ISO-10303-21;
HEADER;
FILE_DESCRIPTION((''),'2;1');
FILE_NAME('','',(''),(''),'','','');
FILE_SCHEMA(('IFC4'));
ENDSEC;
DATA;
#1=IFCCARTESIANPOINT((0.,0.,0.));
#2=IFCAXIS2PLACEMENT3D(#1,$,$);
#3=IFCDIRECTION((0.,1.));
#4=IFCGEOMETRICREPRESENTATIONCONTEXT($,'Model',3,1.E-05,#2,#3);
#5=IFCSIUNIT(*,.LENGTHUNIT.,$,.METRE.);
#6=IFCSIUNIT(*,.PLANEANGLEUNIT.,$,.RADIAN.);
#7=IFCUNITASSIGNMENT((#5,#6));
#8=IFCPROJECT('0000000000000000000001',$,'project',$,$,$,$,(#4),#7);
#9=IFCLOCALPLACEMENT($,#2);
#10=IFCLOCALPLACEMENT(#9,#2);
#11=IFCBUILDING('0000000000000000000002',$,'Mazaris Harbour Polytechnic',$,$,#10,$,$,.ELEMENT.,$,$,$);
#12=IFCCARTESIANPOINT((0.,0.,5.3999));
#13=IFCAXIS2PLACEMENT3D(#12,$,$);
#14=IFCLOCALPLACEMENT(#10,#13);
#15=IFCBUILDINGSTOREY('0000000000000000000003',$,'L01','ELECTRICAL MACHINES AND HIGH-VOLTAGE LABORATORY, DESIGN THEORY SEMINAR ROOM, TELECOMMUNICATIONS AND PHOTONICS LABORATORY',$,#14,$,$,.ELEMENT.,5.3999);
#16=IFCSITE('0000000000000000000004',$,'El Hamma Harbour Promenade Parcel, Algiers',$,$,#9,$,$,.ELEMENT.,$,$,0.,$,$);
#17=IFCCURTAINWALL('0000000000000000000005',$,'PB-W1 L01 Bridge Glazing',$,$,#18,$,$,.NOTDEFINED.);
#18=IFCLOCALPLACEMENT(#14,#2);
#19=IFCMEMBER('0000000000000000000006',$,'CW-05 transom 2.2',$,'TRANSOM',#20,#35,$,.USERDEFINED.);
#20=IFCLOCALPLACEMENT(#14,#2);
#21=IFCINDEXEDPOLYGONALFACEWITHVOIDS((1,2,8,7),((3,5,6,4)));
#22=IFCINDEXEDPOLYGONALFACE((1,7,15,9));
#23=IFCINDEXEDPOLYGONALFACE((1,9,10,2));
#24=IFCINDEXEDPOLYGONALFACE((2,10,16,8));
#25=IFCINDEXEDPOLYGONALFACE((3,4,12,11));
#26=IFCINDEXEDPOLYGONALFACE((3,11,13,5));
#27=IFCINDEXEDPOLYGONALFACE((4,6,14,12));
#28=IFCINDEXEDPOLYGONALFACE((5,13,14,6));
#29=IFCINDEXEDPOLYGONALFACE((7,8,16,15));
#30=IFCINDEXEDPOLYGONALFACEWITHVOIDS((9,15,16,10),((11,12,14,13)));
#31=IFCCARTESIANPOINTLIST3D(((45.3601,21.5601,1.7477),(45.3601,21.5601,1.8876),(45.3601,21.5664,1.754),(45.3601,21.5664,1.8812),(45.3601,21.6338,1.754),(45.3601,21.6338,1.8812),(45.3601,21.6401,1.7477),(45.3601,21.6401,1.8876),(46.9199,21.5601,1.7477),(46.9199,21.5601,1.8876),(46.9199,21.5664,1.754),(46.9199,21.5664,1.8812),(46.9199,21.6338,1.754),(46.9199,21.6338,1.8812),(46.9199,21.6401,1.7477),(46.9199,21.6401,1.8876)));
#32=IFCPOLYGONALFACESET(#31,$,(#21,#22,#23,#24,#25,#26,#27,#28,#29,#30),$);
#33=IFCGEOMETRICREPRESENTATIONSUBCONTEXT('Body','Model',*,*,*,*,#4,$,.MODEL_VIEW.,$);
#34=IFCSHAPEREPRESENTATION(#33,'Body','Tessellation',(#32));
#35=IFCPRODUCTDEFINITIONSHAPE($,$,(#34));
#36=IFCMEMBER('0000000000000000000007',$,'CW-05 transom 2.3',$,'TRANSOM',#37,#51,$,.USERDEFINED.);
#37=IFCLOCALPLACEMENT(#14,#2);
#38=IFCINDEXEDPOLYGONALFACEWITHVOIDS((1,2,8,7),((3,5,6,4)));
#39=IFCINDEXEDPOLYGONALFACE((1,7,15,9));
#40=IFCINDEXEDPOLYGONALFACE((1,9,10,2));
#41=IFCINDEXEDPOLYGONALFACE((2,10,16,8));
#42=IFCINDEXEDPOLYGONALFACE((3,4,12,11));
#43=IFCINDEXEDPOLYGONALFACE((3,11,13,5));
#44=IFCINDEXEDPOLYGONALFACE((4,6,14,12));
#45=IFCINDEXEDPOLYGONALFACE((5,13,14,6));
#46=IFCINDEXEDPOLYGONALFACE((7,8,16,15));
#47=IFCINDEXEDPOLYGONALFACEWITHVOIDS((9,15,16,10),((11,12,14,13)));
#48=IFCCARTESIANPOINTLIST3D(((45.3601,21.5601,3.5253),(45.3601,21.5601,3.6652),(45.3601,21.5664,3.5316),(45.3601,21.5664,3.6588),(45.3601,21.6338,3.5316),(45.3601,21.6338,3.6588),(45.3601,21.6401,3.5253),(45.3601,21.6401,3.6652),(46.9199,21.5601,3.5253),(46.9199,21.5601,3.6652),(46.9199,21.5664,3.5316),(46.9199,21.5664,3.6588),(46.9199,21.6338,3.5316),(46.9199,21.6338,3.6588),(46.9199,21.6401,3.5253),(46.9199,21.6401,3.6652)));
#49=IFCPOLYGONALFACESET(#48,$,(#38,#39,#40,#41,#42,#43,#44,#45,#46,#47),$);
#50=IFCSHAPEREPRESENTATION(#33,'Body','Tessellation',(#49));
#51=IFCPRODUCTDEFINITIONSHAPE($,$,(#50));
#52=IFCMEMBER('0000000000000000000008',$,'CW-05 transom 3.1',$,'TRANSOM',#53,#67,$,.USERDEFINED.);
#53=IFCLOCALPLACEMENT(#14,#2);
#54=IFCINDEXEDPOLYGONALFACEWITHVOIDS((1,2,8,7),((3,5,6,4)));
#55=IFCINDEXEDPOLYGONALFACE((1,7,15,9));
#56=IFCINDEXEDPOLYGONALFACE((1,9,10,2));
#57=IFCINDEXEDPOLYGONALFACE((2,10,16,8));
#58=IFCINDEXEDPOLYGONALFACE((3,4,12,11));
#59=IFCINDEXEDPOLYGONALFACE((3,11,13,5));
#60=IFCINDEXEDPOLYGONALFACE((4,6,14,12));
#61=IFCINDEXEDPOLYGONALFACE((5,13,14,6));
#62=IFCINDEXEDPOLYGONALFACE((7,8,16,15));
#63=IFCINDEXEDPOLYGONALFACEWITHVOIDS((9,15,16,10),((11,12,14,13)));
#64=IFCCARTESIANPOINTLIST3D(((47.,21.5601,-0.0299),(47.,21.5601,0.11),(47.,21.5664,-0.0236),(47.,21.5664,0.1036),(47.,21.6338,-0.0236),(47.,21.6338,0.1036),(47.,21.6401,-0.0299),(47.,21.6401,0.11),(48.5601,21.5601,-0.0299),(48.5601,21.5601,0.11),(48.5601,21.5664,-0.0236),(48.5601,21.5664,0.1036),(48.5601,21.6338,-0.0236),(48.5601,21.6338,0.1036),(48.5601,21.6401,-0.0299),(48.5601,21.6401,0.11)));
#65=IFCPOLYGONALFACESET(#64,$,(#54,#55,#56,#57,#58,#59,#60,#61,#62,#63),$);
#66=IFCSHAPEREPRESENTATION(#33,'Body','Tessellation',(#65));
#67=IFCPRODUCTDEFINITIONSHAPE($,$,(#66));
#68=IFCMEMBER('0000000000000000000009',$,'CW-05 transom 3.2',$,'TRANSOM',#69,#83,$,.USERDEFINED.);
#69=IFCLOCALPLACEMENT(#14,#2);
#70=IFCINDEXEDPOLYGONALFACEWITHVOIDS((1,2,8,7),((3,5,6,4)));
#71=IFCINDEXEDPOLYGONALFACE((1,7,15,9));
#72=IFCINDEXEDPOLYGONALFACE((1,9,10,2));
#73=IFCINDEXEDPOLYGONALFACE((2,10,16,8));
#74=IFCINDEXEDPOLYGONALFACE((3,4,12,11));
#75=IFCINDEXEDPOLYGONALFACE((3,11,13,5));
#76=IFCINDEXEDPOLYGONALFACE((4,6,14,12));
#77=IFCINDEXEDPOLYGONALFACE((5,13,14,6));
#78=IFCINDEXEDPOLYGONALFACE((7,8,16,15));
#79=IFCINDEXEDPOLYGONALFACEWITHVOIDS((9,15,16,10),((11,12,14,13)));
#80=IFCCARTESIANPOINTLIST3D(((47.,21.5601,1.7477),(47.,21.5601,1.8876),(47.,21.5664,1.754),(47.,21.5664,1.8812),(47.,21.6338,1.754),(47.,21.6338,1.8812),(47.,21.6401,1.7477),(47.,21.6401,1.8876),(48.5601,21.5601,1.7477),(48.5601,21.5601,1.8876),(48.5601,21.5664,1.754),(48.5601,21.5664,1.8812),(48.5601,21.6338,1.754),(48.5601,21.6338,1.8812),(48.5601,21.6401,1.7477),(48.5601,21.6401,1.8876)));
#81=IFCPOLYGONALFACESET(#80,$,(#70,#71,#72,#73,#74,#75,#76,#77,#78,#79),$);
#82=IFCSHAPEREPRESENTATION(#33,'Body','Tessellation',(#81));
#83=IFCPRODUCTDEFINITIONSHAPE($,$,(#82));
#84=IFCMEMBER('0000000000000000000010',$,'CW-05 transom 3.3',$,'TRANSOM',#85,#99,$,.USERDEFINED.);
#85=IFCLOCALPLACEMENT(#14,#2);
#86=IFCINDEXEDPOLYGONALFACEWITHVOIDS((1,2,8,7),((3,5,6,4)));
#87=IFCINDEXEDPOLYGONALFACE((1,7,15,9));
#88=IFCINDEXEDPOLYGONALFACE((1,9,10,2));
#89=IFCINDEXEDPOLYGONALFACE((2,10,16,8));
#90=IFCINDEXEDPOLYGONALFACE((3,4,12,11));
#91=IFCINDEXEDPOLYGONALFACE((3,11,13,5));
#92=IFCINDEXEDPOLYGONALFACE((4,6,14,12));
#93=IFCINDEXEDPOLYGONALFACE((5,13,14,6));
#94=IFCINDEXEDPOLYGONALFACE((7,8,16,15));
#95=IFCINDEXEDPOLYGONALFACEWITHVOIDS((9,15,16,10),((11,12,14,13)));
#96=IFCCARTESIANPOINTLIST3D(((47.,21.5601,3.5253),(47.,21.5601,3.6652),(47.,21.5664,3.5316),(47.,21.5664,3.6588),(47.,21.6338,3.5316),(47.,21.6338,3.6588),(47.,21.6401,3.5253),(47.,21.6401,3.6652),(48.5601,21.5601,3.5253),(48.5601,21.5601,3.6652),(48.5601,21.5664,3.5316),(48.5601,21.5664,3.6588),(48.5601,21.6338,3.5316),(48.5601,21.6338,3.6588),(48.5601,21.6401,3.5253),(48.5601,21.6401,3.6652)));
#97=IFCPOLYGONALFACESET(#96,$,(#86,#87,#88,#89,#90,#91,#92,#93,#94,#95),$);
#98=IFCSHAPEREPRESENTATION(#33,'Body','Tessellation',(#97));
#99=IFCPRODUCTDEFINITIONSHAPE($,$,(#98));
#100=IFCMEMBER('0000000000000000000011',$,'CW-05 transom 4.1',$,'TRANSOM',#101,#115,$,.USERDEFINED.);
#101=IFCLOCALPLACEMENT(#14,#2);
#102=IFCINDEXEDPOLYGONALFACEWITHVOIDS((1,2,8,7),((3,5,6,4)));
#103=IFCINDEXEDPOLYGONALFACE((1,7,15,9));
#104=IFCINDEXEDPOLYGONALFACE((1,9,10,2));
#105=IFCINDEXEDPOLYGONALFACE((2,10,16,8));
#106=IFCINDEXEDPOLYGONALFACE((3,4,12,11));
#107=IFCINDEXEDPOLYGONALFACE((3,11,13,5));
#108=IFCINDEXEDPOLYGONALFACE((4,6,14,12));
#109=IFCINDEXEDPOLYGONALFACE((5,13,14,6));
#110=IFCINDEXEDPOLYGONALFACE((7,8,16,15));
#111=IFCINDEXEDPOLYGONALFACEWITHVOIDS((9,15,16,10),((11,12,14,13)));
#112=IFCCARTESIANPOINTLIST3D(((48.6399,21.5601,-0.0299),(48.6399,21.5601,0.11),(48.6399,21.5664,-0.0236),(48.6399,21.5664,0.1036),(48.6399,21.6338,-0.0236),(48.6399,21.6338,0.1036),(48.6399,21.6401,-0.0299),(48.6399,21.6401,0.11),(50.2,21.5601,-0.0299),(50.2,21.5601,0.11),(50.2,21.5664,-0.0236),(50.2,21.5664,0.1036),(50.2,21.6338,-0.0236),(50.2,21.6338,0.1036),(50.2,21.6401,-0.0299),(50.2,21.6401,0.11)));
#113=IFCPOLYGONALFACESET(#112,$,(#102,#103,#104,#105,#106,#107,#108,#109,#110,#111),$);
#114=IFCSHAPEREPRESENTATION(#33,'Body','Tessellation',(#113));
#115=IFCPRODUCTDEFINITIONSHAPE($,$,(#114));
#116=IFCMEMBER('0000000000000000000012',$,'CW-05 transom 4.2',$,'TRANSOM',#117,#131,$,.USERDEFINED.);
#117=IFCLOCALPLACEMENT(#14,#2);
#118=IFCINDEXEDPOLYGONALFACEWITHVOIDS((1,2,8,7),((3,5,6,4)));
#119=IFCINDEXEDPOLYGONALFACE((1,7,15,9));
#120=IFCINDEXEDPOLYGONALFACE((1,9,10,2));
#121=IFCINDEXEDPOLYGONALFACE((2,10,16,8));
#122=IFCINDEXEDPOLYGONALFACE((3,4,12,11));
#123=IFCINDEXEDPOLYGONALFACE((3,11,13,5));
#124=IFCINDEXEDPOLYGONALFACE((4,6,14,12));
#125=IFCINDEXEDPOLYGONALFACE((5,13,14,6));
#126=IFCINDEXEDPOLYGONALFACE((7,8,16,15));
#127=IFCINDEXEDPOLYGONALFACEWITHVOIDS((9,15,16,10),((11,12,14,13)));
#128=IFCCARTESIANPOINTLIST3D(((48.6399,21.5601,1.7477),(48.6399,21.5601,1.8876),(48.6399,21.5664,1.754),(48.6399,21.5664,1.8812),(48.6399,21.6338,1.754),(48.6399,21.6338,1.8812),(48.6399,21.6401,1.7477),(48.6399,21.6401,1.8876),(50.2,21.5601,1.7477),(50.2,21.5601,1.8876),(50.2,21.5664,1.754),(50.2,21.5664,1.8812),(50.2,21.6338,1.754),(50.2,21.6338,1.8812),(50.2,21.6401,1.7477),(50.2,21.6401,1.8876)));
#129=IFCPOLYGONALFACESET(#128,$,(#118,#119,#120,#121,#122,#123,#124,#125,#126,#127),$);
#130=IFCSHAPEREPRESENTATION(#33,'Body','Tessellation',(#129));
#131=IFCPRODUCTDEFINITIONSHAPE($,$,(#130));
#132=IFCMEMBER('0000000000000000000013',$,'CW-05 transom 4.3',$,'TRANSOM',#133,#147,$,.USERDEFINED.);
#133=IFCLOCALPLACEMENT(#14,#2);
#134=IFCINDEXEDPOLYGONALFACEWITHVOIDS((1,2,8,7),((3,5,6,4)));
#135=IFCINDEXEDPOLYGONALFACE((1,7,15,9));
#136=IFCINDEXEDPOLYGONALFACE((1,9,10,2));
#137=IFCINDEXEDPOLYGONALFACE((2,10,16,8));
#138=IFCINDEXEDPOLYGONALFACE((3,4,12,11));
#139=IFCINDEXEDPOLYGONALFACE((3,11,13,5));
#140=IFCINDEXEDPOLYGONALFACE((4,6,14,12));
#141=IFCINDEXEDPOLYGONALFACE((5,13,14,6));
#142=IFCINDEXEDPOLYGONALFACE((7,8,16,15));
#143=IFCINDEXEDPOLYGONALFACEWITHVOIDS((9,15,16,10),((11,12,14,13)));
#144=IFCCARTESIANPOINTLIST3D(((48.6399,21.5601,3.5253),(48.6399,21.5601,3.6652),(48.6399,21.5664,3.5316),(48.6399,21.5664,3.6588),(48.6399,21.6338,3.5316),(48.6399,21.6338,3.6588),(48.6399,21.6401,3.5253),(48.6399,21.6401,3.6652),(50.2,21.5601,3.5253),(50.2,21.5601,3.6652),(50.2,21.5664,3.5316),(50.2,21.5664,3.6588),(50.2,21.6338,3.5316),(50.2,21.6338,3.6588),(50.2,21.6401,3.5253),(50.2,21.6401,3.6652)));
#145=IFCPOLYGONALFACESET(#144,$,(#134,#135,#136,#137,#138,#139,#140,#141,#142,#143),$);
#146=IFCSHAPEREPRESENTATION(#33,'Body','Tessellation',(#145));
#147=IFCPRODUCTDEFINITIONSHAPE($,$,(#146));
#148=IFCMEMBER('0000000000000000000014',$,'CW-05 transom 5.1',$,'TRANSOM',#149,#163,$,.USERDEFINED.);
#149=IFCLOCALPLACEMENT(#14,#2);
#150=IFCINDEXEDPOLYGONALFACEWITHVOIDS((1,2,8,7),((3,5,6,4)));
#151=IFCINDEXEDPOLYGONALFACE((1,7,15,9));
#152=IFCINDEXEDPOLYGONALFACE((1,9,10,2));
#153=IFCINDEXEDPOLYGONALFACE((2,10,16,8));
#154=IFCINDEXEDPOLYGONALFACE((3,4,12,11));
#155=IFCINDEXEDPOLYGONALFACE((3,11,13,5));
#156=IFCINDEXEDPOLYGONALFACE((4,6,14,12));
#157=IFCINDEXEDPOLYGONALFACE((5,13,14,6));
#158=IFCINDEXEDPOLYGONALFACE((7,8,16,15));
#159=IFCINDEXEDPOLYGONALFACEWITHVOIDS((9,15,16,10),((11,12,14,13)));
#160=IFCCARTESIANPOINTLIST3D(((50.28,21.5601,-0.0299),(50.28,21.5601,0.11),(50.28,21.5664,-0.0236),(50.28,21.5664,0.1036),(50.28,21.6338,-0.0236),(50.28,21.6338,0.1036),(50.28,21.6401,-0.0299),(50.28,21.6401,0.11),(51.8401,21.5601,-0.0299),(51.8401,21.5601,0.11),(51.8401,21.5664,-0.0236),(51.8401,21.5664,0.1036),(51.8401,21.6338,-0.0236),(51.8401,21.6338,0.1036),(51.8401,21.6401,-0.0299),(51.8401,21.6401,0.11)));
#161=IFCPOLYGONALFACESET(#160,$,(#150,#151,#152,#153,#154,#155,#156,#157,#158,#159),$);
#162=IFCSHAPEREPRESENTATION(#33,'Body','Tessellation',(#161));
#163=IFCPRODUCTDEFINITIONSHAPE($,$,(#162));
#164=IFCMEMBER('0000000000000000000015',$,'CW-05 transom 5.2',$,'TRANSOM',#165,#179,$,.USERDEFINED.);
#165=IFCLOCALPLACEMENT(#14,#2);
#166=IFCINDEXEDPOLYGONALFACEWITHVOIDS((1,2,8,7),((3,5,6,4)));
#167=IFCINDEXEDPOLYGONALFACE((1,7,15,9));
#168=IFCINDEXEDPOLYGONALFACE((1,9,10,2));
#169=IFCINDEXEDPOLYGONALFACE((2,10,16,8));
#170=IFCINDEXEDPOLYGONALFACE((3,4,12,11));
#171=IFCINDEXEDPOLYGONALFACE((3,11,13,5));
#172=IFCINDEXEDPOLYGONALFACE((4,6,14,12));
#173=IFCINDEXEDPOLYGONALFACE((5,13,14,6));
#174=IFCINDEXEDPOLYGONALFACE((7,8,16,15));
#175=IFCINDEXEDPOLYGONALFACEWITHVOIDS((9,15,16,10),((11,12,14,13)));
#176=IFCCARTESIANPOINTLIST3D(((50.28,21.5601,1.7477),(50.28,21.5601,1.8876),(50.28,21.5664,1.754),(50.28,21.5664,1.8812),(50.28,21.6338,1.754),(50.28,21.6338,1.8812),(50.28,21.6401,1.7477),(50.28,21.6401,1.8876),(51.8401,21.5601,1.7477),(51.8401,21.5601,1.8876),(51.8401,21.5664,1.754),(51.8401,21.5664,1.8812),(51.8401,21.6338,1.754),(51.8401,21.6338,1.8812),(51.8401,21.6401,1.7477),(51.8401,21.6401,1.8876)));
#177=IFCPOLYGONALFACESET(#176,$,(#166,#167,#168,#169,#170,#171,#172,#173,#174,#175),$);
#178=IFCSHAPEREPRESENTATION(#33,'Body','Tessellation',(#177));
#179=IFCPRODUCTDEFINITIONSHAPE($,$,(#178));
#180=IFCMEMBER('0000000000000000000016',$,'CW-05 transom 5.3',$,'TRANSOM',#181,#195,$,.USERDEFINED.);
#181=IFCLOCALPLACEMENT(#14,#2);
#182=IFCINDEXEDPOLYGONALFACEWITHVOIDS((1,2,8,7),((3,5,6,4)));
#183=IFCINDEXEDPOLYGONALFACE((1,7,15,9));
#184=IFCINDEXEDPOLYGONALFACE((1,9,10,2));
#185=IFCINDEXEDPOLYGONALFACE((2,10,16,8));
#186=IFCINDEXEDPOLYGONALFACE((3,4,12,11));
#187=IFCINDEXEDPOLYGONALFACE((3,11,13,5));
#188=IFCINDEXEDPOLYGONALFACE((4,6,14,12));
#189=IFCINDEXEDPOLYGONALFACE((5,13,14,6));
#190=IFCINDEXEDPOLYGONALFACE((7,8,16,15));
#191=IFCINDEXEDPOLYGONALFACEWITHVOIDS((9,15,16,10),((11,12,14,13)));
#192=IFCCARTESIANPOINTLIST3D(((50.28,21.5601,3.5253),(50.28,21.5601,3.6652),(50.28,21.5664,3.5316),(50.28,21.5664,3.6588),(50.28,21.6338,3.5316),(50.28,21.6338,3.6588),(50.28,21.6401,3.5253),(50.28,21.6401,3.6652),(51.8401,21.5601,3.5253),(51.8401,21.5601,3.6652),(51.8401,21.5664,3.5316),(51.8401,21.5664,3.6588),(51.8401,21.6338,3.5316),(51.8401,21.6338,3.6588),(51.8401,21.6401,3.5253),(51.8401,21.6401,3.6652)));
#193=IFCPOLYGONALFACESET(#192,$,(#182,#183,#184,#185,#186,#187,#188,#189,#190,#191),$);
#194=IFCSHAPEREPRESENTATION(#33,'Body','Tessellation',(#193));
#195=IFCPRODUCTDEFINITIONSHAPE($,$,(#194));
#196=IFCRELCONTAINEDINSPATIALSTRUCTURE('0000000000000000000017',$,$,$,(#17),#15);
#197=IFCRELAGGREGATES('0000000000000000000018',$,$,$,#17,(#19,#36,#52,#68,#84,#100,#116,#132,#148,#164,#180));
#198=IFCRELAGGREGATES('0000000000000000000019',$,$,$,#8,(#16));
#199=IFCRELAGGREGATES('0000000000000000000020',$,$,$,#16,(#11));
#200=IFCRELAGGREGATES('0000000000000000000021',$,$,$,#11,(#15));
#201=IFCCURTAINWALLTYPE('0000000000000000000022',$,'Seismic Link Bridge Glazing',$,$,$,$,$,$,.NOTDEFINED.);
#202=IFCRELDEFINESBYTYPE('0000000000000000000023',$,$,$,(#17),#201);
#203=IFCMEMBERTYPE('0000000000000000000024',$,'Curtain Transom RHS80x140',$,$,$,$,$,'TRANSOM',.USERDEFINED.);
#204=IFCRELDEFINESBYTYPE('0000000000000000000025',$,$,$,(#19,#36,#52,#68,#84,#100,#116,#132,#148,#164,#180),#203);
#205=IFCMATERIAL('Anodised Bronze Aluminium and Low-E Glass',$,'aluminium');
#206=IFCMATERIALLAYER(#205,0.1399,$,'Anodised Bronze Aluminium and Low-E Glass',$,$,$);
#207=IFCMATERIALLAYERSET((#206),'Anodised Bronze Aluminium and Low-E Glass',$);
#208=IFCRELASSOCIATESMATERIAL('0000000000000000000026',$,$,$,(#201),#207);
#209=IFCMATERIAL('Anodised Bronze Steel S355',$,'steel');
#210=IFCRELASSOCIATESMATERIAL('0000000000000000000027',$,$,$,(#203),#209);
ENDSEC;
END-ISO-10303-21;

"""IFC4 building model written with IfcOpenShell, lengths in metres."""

from ifc_helpers import new_model, si_unit, direction, frame, origin, origin_2d, place, context, subcontext, project, spatial, hollow_rectangle, extrude, material, layer, layer_set, material_profile, profile_set, type_object, element, aggregate, save


model = new_model("IFC4")

# Units and contexts
model_context = context("Model", 3, precision=1e-05, world=origin(), true_north=direction((0.0, 1.0)))
body_context = subcontext(model_context, "Body", "Model", "MODEL_VIEW")
ifc_project = project(units=[si_unit("LENGTHUNIT", "METRE"), si_unit("PLANEANGLEUNIT", "RADIAN")], contexts=[model_context])

# Site, building, storey
site_placement = place(None, origin())
site = spatial("IfcSite", under=ifc_project, at=site_placement, Name="El Hamma Harbour Promenade Parcel, Algiers", CompositionType="ELEMENT", RefElevation=0.0)
building_placement = place(site_placement, origin())
building = spatial("IfcBuilding", under=site, at=building_placement, Name="Mazaris Harbour Polytechnic", CompositionType="ELEMENT")
storey_placement = place(building_placement, frame((0.0, 0.0, 5.3999)))
storey = spatial("IfcBuildingStorey", under=building, at=storey_placement, Name="L01", Description="ELECTRICAL MACHINES AND HIGH-VOLTAGE LABORATORY, DESIGN THEORY SEMINAR ROOM, TELECOMMUNICATIONS AND PHOTONICS LABORATORY", CompositionType="ELEMENT", Elevation=5.3999)

# Curtain wall, members
ifc_material_1 = material(Name="Anodised Bronze Aluminium and Low-E Glass", Category="aluminium")
ifc_layer_1 = layer(ifc_material_1, 0.1399, Name="Anodised Bronze Aluminium and Low-E Glass")
ifc_layer_set_1 = layer_set([ifc_layer_1], Name="Anodised Bronze Aluminium and Low-E Glass")
curtain_wall_type = type_object("IfcCurtainWallType", Name="Seismic Link Bridge Glazing", PredefinedType="NOTDEFINED", material=ifc_layer_set_1)
curtain_wall_placement = place(storey_placement, origin())
curtain_wall = element("IfcCurtainWall", 1, at=curtain_wall_placement, inside=storey, type_object=curtain_wall_type, Name="PB-W1 L01 Bridge Glazing", PredefinedType="NOTDEFINED")
ifc_material_2 = material(Name="Anodised Bronze Steel S355", Category="steel")
ifc_material_profile_1 = material_profile(ifc_material_2, hollow_rectangle(XDim=0.0801, YDim=0.1399, WallThickness=0.0063, at=origin_2d()), Name="RHS 80x140x6.3")
ifc_profile_set_1 = profile_set([ifc_material_profile_1], Name="Anodised Bronze Steel S355")
member_type_1 = type_object("IfcMemberType", Name="Curtain Transom RHS80x140", ElementType="TRANSOM", PredefinedType="USERDEFINED", material=ifc_profile_set_1)
member_1_placement = place(storey_placement, frame((45.3601, 21.6001, 1.8176), z_axis=(1.0, 0.0, 0.0), x_axis=(0.0, 1.0, 0.0)))
member_1 = element("IfcMember", 2, at=member_1_placement, type_object=member_type_1, Name="CW-05 transom 2.2", ObjectType="TRANSOM", PredefinedType="USERDEFINED", context=body_context, shape_type="SweptSolid", body=[
    extrude(hollow_rectangle(XDim=0.0801, YDim=0.1399, WallThickness=0.0063, at=origin_2d()), origin(), (0.0, 0.0, 1.0), 1.5598),
])
member_2_placement = place(storey_placement, frame((45.3601, 21.6001, 3.5952), z_axis=(1.0, 0.0, 0.0), x_axis=(0.0, 1.0, 0.0)))
member_2 = element("IfcMember", 3, at=member_2_placement, type_object=member_type_1, Name="CW-05 transom 2.3", ObjectType="TRANSOM", PredefinedType="USERDEFINED", context=body_context, shape_type="SweptSolid", body=[
    extrude(hollow_rectangle(XDim=0.0801, YDim=0.1399, WallThickness=0.0063, at=origin_2d()), origin(), (0.0, 0.0, 1.0), 1.5598),
])
member_3_placement = place(storey_placement, frame((47.0, 21.6001, 0.04), z_axis=(1.0, 0.0, 0.0), x_axis=(0.0, 1.0, 0.0)))
member_3 = element("IfcMember", 4, at=member_3_placement, type_object=member_type_1, Name="CW-05 transom 3.1", ObjectType="TRANSOM", PredefinedType="USERDEFINED", context=body_context, shape_type="SweptSolid", body=[
    extrude(hollow_rectangle(XDim=0.0801, YDim=0.1399, WallThickness=0.0063, at=origin_2d()), origin(), (0.0, 0.0, 1.0), 1.5601),
])
member_4_placement = place(storey_placement, frame((47.0, 21.6001, 1.8176), z_axis=(1.0, 0.0, 0.0), x_axis=(0.0, 1.0, 0.0)))
member_4 = element("IfcMember", 5, at=member_4_placement, type_object=member_type_1, Name="CW-05 transom 3.2", ObjectType="TRANSOM", PredefinedType="USERDEFINED", context=body_context, shape_type="SweptSolid", body=[
    extrude(hollow_rectangle(XDim=0.0801, YDim=0.1399, WallThickness=0.0063, at=origin_2d()), origin(), (0.0, 0.0, 1.0), 1.5601),
])
member_5_placement = place(storey_placement, frame((47.0, 21.6001, 3.5952), z_axis=(1.0, 0.0, 0.0), x_axis=(0.0, 1.0, 0.0)))
member_5 = element("IfcMember", 6, at=member_5_placement, type_object=member_type_1, Name="CW-05 transom 3.3", ObjectType="TRANSOM", PredefinedType="USERDEFINED", context=body_context, shape_type="SweptSolid", body=[
    extrude(hollow_rectangle(XDim=0.0801, YDim=0.1399, WallThickness=0.0063, at=origin_2d()), origin(), (0.0, 0.0, 1.0), 1.5601),
])
member_6_placement = place(storey_placement, frame((48.6399, 21.6001, 0.04), z_axis=(1.0, 0.0, 0.0), x_axis=(0.0, 1.0, 0.0)))
member_6 = element("IfcMember", 7, at=member_6_placement, type_object=member_type_1, Name="CW-05 transom 4.1", ObjectType="TRANSOM", PredefinedType="USERDEFINED", context=body_context, shape_type="SweptSolid", body=[
    extrude(hollow_rectangle(XDim=0.0801, YDim=0.1399, WallThickness=0.0063, at=origin_2d()), origin(), (0.0, 0.0, 1.0), 1.5601),
])
member_7_placement = place(storey_placement, frame((48.6399, 21.6001, 1.8176), z_axis=(1.0, 0.0, 0.0), x_axis=(0.0, 1.0, 0.0)))
member_7 = element("IfcMember", 8, at=member_7_placement, type_object=member_type_1, Name="CW-05 transom 4.2", ObjectType="TRANSOM", PredefinedType="USERDEFINED", context=body_context, shape_type="SweptSolid", body=[
    extrude(hollow_rectangle(XDim=0.0801, YDim=0.1399, WallThickness=0.0063, at=origin_2d()), origin(), (0.0, 0.0, 1.0), 1.5601),
])
member_8_placement = place(storey_placement, frame((48.6399, 21.6001, 3.5952), z_axis=(1.0, 0.0, 0.0), x_axis=(0.0, 1.0, 0.0)))
member_8 = element("IfcMember", 9, at=member_8_placement, type_object=member_type_1, Name="CW-05 transom 4.3", ObjectType="TRANSOM", PredefinedType="USERDEFINED", context=body_context, shape_type="SweptSolid", body=[
    extrude(hollow_rectangle(XDim=0.0801, YDim=0.1399, WallThickness=0.0063, at=origin_2d()), origin(), (0.0, 0.0, 1.0), 1.5601),
])
member_9_placement = place(storey_placement, frame((50.28, 21.6001, 0.04), z_axis=(1.0, 0.0, 0.0), x_axis=(0.0, 1.0, 0.0)))
member_9 = element("IfcMember", 10, at=member_9_placement, type_object=member_type_1, Name="CW-05 transom 5.1", ObjectType="TRANSOM", PredefinedType="USERDEFINED", context=body_context, shape_type="SweptSolid", body=[
    extrude(hollow_rectangle(XDim=0.0801, YDim=0.1399, WallThickness=0.0063, at=origin_2d()), origin(), (0.0, 0.0, 1.0), 1.5601),
])
member_10_placement = place(storey_placement, frame((50.28, 21.6001, 1.8176), z_axis=(1.0, 0.0, 0.0), x_axis=(0.0, 1.0, 0.0)))
member_10 = element("IfcMember", 11, at=member_10_placement, type_object=member_type_1, Name="CW-05 transom 5.2", ObjectType="TRANSOM", PredefinedType="USERDEFINED", context=body_context, shape_type="SweptSolid", body=[
    extrude(hollow_rectangle(XDim=0.0801, YDim=0.1399, WallThickness=0.0063, at=origin_2d()), origin(), (0.0, 0.0, 1.0), 1.5601),
])
member_11_placement = place(storey_placement, frame((50.28, 21.6001, 3.5952), z_axis=(1.0, 0.0, 0.0), x_axis=(0.0, 1.0, 0.0)))
member_11 = element("IfcMember", 12, at=member_11_placement, type_object=member_type_1, Name="CW-05 transom 5.3", ObjectType="TRANSOM", PredefinedType="USERDEFINED", context=body_context, shape_type="SweptSolid", body=[
    extrude(hollow_rectangle(XDim=0.0801, YDim=0.1399, WallThickness=0.0063, at=origin_2d()), origin(), (0.0, 0.0, 1.0), 1.5601),
])

aggregate(curtain_wall, [member_1, member_2, member_3, member_4, member_5, member_6, member_7, member_8, member_9, member_10, member_11])

save(model, "model.ifc")
